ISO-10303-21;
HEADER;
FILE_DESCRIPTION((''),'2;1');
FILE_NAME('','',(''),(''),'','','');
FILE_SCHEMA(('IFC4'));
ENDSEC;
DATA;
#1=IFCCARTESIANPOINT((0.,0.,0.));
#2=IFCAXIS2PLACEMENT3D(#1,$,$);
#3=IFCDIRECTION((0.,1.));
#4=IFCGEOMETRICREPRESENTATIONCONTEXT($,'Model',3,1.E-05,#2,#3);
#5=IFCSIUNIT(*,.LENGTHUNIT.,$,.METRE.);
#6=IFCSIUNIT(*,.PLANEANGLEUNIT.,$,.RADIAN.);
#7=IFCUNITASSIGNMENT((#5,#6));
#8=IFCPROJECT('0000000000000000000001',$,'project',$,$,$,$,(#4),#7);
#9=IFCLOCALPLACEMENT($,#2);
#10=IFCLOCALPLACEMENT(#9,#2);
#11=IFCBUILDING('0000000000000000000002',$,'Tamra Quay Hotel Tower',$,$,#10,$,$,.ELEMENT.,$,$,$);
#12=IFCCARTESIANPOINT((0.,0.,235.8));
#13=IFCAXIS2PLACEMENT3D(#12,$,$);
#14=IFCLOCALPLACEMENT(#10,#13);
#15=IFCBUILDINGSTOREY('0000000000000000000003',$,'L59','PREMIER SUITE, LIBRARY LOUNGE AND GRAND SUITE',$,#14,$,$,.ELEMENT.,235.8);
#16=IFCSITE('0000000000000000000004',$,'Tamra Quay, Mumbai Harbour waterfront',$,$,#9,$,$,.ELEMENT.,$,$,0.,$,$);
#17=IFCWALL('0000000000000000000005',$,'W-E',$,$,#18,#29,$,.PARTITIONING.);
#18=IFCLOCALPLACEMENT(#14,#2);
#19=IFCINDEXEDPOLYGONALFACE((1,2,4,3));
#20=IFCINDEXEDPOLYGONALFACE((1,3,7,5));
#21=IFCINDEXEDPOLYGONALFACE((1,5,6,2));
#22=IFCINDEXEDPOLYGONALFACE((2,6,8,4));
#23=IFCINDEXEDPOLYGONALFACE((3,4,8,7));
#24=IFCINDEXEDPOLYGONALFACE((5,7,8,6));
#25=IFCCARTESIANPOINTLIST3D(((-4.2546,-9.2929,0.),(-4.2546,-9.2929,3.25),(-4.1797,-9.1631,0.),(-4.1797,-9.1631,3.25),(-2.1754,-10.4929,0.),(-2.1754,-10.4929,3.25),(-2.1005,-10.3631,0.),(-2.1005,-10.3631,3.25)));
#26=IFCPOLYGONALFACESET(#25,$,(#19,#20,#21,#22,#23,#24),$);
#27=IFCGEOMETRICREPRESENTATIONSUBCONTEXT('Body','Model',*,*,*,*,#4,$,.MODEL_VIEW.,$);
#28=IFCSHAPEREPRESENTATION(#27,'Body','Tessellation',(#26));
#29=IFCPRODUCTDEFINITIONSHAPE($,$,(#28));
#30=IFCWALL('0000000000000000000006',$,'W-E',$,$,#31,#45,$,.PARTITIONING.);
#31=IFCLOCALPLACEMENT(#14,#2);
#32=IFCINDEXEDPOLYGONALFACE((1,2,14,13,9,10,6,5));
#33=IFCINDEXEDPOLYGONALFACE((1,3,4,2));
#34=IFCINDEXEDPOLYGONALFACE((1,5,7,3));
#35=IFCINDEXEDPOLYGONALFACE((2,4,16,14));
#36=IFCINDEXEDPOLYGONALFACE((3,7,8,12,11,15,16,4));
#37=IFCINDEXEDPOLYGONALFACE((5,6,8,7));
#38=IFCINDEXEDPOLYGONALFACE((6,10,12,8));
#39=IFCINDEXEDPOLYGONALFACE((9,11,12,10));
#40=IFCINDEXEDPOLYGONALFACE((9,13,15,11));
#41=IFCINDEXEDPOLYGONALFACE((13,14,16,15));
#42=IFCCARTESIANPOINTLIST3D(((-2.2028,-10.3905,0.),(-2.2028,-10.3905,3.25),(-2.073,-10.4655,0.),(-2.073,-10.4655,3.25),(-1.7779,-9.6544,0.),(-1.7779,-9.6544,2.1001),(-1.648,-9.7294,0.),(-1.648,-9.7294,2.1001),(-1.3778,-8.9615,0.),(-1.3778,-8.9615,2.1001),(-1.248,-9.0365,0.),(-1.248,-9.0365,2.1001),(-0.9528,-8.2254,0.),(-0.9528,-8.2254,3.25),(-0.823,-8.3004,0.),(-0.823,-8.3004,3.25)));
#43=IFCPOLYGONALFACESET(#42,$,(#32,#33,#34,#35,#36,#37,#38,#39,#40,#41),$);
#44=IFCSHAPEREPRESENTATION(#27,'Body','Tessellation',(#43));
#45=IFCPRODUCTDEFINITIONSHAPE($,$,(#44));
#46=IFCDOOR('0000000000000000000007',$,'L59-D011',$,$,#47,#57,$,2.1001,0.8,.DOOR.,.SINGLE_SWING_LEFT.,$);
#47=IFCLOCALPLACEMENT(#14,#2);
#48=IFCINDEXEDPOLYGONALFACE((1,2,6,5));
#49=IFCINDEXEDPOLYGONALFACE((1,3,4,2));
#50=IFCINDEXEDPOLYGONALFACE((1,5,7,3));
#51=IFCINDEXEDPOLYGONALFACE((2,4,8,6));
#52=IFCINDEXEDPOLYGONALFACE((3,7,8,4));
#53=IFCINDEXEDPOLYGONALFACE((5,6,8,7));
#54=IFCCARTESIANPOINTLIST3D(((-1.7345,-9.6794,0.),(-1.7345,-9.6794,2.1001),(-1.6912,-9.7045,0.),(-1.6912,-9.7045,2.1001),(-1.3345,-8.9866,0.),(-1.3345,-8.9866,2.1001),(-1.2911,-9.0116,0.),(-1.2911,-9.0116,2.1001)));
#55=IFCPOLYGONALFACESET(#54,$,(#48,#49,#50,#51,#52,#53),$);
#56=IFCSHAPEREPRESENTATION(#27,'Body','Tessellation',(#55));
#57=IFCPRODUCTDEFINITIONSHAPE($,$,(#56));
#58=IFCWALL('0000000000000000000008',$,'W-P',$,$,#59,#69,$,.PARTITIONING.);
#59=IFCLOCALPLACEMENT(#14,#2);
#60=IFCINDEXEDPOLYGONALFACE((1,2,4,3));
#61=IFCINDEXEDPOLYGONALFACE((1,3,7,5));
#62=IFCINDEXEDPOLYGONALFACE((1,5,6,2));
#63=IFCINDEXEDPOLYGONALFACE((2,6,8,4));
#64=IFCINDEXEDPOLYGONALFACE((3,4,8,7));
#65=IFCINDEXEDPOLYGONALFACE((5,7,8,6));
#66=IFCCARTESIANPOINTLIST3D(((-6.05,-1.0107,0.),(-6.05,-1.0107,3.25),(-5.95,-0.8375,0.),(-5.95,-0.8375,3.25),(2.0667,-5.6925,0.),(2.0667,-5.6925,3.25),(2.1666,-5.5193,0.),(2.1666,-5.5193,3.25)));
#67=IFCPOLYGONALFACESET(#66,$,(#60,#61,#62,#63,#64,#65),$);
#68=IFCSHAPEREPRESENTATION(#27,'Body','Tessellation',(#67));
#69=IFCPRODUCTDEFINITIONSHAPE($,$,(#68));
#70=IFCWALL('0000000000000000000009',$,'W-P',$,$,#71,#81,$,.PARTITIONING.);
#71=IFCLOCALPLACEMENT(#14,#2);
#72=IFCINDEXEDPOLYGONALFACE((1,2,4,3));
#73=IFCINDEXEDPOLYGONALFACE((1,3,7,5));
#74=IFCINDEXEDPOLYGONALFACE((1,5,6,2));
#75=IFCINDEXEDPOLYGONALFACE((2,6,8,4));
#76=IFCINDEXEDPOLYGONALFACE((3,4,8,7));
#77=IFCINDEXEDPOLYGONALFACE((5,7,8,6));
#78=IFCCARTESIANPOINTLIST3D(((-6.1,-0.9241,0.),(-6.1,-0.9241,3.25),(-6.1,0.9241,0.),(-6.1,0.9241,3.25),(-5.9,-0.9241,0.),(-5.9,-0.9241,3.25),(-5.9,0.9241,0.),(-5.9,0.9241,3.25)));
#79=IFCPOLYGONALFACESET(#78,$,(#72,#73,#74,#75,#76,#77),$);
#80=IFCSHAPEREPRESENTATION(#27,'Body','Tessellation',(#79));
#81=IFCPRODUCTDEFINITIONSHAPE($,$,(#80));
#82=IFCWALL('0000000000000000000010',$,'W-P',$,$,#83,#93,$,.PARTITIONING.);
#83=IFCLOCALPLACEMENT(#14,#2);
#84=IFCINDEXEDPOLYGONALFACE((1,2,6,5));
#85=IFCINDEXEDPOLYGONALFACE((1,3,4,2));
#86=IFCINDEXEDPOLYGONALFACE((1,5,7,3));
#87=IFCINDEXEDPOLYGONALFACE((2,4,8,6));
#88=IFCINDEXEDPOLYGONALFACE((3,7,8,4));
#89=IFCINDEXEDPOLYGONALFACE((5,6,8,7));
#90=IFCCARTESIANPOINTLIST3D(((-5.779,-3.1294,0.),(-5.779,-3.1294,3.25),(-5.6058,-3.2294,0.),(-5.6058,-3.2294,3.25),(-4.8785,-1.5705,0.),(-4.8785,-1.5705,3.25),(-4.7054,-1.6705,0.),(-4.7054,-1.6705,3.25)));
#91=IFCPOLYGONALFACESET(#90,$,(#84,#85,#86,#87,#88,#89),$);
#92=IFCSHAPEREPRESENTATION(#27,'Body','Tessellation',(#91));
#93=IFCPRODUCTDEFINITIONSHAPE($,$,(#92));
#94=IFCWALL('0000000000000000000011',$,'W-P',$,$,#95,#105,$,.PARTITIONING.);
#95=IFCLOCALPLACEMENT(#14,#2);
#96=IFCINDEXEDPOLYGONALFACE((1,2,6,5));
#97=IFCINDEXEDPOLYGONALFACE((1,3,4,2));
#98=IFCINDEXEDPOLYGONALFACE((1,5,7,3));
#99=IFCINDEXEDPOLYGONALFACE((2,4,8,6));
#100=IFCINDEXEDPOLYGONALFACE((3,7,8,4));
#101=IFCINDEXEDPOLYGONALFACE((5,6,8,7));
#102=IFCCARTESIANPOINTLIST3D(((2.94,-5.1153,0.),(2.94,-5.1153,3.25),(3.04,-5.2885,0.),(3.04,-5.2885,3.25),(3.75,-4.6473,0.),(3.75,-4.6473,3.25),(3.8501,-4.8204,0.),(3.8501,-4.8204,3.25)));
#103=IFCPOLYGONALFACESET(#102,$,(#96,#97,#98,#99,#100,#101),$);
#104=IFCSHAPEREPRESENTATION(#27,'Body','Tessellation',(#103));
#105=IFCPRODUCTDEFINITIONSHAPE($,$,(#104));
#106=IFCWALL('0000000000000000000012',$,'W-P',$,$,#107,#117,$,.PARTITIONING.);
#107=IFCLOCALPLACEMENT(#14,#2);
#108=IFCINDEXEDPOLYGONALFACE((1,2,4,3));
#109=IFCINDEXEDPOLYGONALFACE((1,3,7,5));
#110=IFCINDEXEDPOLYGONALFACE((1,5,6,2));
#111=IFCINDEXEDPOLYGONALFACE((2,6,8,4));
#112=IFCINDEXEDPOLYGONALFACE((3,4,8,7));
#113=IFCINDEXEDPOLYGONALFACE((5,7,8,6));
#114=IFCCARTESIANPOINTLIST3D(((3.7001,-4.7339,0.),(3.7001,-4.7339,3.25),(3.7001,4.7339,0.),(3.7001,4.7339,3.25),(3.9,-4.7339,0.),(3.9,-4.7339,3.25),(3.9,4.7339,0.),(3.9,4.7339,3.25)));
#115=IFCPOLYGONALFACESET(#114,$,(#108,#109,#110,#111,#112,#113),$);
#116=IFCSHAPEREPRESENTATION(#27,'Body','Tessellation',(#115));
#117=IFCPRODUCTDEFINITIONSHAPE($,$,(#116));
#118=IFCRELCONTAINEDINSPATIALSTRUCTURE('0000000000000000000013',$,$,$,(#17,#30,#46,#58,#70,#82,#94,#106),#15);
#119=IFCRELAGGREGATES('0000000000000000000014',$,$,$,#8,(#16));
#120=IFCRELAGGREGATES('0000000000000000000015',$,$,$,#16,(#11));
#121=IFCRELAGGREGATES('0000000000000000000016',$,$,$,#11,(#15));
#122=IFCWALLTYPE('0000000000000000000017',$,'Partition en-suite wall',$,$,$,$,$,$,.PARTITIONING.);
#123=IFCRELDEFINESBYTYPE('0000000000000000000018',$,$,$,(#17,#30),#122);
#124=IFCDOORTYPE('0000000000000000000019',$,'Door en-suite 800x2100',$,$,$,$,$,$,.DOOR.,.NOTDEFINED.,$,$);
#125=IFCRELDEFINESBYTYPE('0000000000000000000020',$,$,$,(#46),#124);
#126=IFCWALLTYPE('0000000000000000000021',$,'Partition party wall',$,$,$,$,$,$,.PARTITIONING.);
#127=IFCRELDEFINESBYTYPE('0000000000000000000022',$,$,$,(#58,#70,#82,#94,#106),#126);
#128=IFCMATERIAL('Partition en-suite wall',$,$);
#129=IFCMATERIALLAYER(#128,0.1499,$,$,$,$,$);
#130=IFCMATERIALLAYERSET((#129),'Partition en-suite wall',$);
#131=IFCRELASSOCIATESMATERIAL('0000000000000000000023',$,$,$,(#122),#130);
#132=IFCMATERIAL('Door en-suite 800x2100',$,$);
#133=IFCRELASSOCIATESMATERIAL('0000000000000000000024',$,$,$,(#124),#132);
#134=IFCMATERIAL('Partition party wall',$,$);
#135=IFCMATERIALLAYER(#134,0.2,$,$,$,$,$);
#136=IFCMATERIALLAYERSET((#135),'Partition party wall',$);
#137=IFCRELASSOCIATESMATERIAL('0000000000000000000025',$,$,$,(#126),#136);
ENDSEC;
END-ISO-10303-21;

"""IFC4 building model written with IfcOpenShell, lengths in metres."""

from ifc_helpers import new_model, si_unit, direction, frame, frame_2d, origin, place, context, subcontext, project, spatial, rectangle, extrude, material, layer, layer_set, type_object, element, fill, save


model = new_model("IFC4")

# Units and contexts
model_context = context("Model", 3, precision=1e-05, world=origin(), true_north=direction((0.0, 1.0)))
body_context = subcontext(model_context, "Body", "Model", "MODEL_VIEW")
ifc_project = project(units=[si_unit("LENGTHUNIT", "METRE"), si_unit("PLANEANGLEUNIT", "RADIAN")], contexts=[model_context])

# Site, building, storey
site_placement = place(None, origin())
site = spatial("IfcSite", under=ifc_project, at=site_placement, Name="Tamra Quay, Mumbai Harbour waterfront", CompositionType="ELEMENT", RefElevation=0.0)
building_placement = place(site_placement, origin())
building = spatial("IfcBuilding", under=site, at=building_placement, Name="Tamra Quay Hotel Tower", CompositionType="ELEMENT")
storey_placement = place(building_placement, frame((0.0, 0.0, 235.8)))
storey = spatial("IfcBuildingStorey", under=building, at=storey_placement, Name="L59", Description="PREMIER SUITE, LIBRARY LOUNGE AND GRAND SUITE", CompositionType="ELEMENT", Elevation=235.8)

# Shared definitions
ifc_material_1 = material(Name="Partition en-suite wall")
ifc_layer_1 = layer(ifc_material_1, 0.1499)
ifc_layer_set_1 = layer_set([ifc_layer_1], Name="Partition en-suite wall")
wall_type_1 = type_object("IfcWallType", Name="Partition en-suite wall", PredefinedType="PARTITIONING", material=ifc_layer_set_1)
ifc_material_2 = material(Name="Door en-suite 800x2100")
door_type_1 = type_object("IfcDoorType", Name="Door en-suite 800x2100", OperationType="NOTDEFINED", PredefinedType="DOOR", material=ifc_material_2)

# Wall
wall_1_placement = place(storey_placement, frame((-4.217, -9.228, 0.0), z_axis=(0.0, 0.0, 1.0), x_axis=(0.866101, -0.499869, 0.0)))
element("IfcWall", 1, at=wall_1_placement, inside=storey, type_object=wall_type_1, Name="W-E", PredefinedType="PARTITIONING", context=body_context, shape_type="SweptSolid", body=[
    extrude(rectangle(XDim=2.4006, YDim=0.1499, at=frame_2d((1.2002, 0.0))), origin(), (0.0, 0.0, 1.0), 3.25),
])

# Wall, opening, door
wall_2_placement = place(storey_placement, frame((-2.1379, -10.428, 0.0), z_axis=(0.0, 0.0, 1.0), x_axis=(0.500004, 0.866023, 0.0)))
wall_2 = element("IfcWall", 2, at=wall_2_placement, inside=storey, type_object=wall_type_1, Name="W-E", PredefinedType="PARTITIONING", context=body_context, shape_type="SweptSolid", body=[
    extrude(rectangle(XDim=2.5, YDim=0.1499, at=frame_2d((1.25, 0.0))), origin(), (0.0, 0.0, 1.0), 3.25),
])
opening_1_placement = place(wall_2_placement, frame((0.8501, 0.0, 0.0)))
opening_1 = element("IfcOpeningElement", 3, at=opening_1_placement, cuts=wall_2, PredefinedType="OPENING", context=body_context, shape_type="SweptSolid", body=[
    extrude(rectangle(XDim=0.8, YDim=2.1001, at=frame_2d((0.3999, 1.05))), frame((0.0, 0.085, 0.0), z_axis=(0.0, -1.0, 0.0), x_axis=(1.0, 0.0, 0.0)), (0.0, 0.0, 1.0), 0.1699),
])
door_1_placement = place(opening_1_placement, origin())
door_1 = element("IfcDoor", 4, at=door_1_placement, inside=storey, type_object=door_type_1, Name="L59-D011", OperationType="SINGLE_SWING_LEFT", OverallHeight=2.1001, OverallWidth=0.8, PredefinedType="DOOR", context=body_context, shape_type="SweptSolid", body=[
    extrude(rectangle(XDim=0.8, YDim=2.1001, at=frame_2d((0.3999, 1.05))), frame((0.0, 0.0249, 0.0), z_axis=(0.0, -1.0, 0.0), x_axis=(1.0, 0.0, 0.0)), (0.0, 0.0, 1.0), 0.05),
])
fill(opening_1, door_1)

# Walls
ifc_material_3 = material(Name="Partition party wall")
ifc_layer_2 = layer(ifc_material_3, 0.2)
ifc_layer_set_2 = layer_set([ifc_layer_2], Name="Partition party wall")
wall_type_2 = type_object("IfcWallType", Name="Partition party wall", PredefinedType="PARTITIONING", material=ifc_layer_set_2)
wall_3_placement = place(storey_placement, frame((-6.0, -0.9241, 0.0), z_axis=(0.0, 0.0, 1.0), x_axis=(0.866224, -0.499656, 0.0)))
element("IfcWall", 5, at=wall_3_placement, inside=storey, type_object=wall_type_2, Name="W-P", PredefinedType="PARTITIONING", context=body_context, shape_type="SweptSolid", body=[
    extrude(rectangle(XDim=9.3701, YDim=0.2, at=frame_2d((4.6851, 0.0))), origin(), (0.0, 0.0, 1.0), 3.25),
])
wall_4_placement = place(storey_placement, frame((-6.0, -0.9241, 0.0), z_axis=(0.0, 0.0, 1.0), x_axis=(0.0, 1.0, 0.0)))
element("IfcWall", 6, at=wall_4_placement, inside=storey, type_object=wall_type_2, Name="W-P", PredefinedType="PARTITIONING", context=body_context, shape_type="SweptSolid", body=[
    extrude(rectangle(XDim=1.8481, YDim=0.2, at=frame_2d((0.9241, 0.0))), origin(), (0.0, 0.0, 1.0), 3.25),
])
wall_5_placement = place(storey_placement, frame((-5.6924, -3.1794, 0.0), z_axis=(0.0, 0.0, 1.0), x_axis=(0.500165, 0.86593, 0.0)))
element("IfcWall", 7, at=wall_5_placement, inside=storey, type_object=wall_type_2, Name="W-P", PredefinedType="PARTITIONING", context=body_context, shape_type="SweptSolid", body=[
    extrude(rectangle(XDim=1.8003, YDim=0.2, at=frame_2d((0.9001, 0.0))), origin(), (0.0, 0.0, 1.0), 3.25),
])
wall_6_placement = place(storey_placement, frame((2.99, -5.2019, 0.0), z_axis=(0.0, 0.0, 1.0), x_axis=(0.865873, 0.500265, 0.0)))
element("IfcWall", 8, at=wall_6_placement, inside=storey, type_object=wall_type_2, Name="W-P", PredefinedType="PARTITIONING", context=body_context, shape_type="SweptSolid", body=[
    extrude(rectangle(XDim=0.9355, YDim=0.2, at=frame_2d((0.4678, 0.0))), origin(), (0.0, 0.0, 1.0), 3.25),
])
wall_7_placement = place(storey_placement, frame((3.8, -4.7339, 0.0), z_axis=(0.0, 0.0, 1.0), x_axis=(0.0, 1.0, 0.0)))
element("IfcWall", 9, at=wall_7_placement, inside=storey, type_object=wall_type_2, Name="W-P", PredefinedType="PARTITIONING", context=body_context, shape_type="SweptSolid", body=[
    extrude(rectangle(XDim=9.4678, YDim=0.2, at=frame_2d((4.7339, 0.0))), origin(), (0.0, 0.0, 1.0), 3.25),
])

save(model, "model.ifc")
